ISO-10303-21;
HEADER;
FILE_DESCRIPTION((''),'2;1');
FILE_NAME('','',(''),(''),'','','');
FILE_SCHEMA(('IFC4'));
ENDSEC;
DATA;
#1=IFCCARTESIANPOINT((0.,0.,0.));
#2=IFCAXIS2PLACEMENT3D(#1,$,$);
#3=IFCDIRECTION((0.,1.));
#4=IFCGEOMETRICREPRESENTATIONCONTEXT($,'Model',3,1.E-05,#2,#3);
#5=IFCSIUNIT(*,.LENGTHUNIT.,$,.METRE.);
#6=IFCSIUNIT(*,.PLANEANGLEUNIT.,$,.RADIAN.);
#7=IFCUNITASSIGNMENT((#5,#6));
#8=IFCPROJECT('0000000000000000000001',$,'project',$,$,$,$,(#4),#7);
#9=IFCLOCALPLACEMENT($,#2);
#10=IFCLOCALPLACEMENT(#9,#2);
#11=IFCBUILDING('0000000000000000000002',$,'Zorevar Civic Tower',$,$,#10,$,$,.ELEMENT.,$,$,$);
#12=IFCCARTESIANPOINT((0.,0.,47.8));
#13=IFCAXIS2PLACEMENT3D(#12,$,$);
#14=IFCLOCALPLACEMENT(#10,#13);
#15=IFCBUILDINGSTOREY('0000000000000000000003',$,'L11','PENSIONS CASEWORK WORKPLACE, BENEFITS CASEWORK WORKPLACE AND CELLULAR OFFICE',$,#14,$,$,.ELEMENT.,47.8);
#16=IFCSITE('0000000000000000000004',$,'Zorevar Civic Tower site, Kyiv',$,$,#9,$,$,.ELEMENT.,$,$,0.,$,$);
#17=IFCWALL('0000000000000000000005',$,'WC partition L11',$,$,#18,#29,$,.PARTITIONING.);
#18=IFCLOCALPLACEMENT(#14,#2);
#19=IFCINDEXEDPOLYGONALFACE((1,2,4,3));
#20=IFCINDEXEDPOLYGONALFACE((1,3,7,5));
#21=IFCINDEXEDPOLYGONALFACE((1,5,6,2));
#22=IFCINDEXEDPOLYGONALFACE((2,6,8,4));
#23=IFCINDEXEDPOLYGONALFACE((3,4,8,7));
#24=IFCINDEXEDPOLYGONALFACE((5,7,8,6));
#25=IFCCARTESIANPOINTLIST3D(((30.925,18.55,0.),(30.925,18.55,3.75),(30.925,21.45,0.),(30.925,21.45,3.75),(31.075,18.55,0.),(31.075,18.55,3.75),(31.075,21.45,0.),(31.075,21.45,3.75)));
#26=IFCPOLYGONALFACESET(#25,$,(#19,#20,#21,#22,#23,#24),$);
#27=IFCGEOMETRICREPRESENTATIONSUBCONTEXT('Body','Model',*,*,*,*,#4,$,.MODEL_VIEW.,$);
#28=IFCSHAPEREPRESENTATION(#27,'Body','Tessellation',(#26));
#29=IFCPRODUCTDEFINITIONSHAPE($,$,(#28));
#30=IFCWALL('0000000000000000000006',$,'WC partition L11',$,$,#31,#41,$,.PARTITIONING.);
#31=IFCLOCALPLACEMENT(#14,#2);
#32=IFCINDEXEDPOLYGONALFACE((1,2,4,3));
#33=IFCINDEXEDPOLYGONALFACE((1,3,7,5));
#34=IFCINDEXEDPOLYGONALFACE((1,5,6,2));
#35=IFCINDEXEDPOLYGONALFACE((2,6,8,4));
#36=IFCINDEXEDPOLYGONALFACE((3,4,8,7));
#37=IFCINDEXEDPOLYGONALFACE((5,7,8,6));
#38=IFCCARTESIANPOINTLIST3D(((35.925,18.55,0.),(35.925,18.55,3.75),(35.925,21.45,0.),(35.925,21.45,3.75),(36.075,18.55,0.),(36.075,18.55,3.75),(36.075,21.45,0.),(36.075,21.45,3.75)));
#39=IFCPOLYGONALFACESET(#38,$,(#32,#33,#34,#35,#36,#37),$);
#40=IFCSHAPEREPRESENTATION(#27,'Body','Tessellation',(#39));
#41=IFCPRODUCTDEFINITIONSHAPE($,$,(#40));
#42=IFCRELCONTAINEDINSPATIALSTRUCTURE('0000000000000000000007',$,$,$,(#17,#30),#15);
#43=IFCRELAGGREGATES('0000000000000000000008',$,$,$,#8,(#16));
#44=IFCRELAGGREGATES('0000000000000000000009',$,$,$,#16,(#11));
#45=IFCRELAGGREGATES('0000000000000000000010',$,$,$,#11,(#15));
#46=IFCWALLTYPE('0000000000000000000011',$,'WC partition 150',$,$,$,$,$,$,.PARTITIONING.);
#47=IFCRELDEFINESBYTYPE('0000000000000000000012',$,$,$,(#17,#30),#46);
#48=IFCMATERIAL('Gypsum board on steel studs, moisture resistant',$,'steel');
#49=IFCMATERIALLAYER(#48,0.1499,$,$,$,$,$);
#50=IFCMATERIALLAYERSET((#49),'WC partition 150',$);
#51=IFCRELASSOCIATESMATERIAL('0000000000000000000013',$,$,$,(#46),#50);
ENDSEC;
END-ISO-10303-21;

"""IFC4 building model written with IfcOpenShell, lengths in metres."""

from ifc_helpers import new_model, si_unit, direction, frame, frame_2d, origin, place, context, subcontext, project, spatial, rectangle, extrude, material, layer, layer_set, type_object, element, save


model = new_model("IFC4")

# Units and contexts
model_context = context("Model", 3, precision=1e-05, world=origin(), true_north=direction((0.0, 1.0)))
body_context = subcontext(model_context, "Body", "Model", "MODEL_VIEW")
ifc_project = project(units=[si_unit("LENGTHUNIT", "METRE"), si_unit("PLANEANGLEUNIT", "RADIAN")], contexts=[model_context])

# Site, building, storey
site_placement = place(None, origin())
site = spatial("IfcSite", under=ifc_project, at=site_placement, Name="Zorevar Civic Tower site, Kyiv", CompositionType="ELEMENT", RefElevation=0.0)
building_placement = place(site_placement, origin())
building = spatial("IfcBuilding", under=site, at=building_placement, Name="Zorevar Civic Tower", CompositionType="ELEMENT")
storey_placement = place(building_placement, frame((0.0, 0.0, 47.8)))
storey = spatial("IfcBuildingStorey", under=building, at=storey_placement, Name="L11", Description="PENSIONS CASEWORK WORKPLACE, BENEFITS CASEWORK WORKPLACE AND CELLULAR OFFICE", CompositionType="ELEMENT", Elevation=47.8)

# Walls
ifc_material_1 = material(Name="Gypsum board on steel studs, moisture resistant", Category="steel")
ifc_layer_1 = layer(ifc_material_1, 0.1499)
ifc_layer_set_1 = layer_set([ifc_layer_1], Name="WC partition 150")
wall_type_1 = type_object("IfcWallType", Name="WC partition 150", PredefinedType="PARTITIONING", material=ifc_layer_set_1)
for number, where, z_axis, x_axis, name in (
    (1, (31.0, 18.55, 0.0), (0.0, 0.0, 1.0), (0.0, 1.0, 0.0), "WC partition L11"),
    (2, (36.0, 18.55, 0.0), (0.0, 0.0, 1.0), (0.0, 1.0, 0.0), "WC partition L11"),
):
    element("IfcWall", number, at=place(storey_placement, frame(where, z_axis=z_axis, x_axis=x_axis)), inside=storey, type_object=wall_type_1, Name=name, PredefinedType="PARTITIONING", context=body_context, shape_type="SweptSolid", body=[
        extrude(rectangle(XDim=2.8999, YDim=0.1499, at=frame_2d((1.45, 0.0))), origin(), (0.0, 0.0, 1.0), 3.75),
    ])

save(model, "model.ifc")
